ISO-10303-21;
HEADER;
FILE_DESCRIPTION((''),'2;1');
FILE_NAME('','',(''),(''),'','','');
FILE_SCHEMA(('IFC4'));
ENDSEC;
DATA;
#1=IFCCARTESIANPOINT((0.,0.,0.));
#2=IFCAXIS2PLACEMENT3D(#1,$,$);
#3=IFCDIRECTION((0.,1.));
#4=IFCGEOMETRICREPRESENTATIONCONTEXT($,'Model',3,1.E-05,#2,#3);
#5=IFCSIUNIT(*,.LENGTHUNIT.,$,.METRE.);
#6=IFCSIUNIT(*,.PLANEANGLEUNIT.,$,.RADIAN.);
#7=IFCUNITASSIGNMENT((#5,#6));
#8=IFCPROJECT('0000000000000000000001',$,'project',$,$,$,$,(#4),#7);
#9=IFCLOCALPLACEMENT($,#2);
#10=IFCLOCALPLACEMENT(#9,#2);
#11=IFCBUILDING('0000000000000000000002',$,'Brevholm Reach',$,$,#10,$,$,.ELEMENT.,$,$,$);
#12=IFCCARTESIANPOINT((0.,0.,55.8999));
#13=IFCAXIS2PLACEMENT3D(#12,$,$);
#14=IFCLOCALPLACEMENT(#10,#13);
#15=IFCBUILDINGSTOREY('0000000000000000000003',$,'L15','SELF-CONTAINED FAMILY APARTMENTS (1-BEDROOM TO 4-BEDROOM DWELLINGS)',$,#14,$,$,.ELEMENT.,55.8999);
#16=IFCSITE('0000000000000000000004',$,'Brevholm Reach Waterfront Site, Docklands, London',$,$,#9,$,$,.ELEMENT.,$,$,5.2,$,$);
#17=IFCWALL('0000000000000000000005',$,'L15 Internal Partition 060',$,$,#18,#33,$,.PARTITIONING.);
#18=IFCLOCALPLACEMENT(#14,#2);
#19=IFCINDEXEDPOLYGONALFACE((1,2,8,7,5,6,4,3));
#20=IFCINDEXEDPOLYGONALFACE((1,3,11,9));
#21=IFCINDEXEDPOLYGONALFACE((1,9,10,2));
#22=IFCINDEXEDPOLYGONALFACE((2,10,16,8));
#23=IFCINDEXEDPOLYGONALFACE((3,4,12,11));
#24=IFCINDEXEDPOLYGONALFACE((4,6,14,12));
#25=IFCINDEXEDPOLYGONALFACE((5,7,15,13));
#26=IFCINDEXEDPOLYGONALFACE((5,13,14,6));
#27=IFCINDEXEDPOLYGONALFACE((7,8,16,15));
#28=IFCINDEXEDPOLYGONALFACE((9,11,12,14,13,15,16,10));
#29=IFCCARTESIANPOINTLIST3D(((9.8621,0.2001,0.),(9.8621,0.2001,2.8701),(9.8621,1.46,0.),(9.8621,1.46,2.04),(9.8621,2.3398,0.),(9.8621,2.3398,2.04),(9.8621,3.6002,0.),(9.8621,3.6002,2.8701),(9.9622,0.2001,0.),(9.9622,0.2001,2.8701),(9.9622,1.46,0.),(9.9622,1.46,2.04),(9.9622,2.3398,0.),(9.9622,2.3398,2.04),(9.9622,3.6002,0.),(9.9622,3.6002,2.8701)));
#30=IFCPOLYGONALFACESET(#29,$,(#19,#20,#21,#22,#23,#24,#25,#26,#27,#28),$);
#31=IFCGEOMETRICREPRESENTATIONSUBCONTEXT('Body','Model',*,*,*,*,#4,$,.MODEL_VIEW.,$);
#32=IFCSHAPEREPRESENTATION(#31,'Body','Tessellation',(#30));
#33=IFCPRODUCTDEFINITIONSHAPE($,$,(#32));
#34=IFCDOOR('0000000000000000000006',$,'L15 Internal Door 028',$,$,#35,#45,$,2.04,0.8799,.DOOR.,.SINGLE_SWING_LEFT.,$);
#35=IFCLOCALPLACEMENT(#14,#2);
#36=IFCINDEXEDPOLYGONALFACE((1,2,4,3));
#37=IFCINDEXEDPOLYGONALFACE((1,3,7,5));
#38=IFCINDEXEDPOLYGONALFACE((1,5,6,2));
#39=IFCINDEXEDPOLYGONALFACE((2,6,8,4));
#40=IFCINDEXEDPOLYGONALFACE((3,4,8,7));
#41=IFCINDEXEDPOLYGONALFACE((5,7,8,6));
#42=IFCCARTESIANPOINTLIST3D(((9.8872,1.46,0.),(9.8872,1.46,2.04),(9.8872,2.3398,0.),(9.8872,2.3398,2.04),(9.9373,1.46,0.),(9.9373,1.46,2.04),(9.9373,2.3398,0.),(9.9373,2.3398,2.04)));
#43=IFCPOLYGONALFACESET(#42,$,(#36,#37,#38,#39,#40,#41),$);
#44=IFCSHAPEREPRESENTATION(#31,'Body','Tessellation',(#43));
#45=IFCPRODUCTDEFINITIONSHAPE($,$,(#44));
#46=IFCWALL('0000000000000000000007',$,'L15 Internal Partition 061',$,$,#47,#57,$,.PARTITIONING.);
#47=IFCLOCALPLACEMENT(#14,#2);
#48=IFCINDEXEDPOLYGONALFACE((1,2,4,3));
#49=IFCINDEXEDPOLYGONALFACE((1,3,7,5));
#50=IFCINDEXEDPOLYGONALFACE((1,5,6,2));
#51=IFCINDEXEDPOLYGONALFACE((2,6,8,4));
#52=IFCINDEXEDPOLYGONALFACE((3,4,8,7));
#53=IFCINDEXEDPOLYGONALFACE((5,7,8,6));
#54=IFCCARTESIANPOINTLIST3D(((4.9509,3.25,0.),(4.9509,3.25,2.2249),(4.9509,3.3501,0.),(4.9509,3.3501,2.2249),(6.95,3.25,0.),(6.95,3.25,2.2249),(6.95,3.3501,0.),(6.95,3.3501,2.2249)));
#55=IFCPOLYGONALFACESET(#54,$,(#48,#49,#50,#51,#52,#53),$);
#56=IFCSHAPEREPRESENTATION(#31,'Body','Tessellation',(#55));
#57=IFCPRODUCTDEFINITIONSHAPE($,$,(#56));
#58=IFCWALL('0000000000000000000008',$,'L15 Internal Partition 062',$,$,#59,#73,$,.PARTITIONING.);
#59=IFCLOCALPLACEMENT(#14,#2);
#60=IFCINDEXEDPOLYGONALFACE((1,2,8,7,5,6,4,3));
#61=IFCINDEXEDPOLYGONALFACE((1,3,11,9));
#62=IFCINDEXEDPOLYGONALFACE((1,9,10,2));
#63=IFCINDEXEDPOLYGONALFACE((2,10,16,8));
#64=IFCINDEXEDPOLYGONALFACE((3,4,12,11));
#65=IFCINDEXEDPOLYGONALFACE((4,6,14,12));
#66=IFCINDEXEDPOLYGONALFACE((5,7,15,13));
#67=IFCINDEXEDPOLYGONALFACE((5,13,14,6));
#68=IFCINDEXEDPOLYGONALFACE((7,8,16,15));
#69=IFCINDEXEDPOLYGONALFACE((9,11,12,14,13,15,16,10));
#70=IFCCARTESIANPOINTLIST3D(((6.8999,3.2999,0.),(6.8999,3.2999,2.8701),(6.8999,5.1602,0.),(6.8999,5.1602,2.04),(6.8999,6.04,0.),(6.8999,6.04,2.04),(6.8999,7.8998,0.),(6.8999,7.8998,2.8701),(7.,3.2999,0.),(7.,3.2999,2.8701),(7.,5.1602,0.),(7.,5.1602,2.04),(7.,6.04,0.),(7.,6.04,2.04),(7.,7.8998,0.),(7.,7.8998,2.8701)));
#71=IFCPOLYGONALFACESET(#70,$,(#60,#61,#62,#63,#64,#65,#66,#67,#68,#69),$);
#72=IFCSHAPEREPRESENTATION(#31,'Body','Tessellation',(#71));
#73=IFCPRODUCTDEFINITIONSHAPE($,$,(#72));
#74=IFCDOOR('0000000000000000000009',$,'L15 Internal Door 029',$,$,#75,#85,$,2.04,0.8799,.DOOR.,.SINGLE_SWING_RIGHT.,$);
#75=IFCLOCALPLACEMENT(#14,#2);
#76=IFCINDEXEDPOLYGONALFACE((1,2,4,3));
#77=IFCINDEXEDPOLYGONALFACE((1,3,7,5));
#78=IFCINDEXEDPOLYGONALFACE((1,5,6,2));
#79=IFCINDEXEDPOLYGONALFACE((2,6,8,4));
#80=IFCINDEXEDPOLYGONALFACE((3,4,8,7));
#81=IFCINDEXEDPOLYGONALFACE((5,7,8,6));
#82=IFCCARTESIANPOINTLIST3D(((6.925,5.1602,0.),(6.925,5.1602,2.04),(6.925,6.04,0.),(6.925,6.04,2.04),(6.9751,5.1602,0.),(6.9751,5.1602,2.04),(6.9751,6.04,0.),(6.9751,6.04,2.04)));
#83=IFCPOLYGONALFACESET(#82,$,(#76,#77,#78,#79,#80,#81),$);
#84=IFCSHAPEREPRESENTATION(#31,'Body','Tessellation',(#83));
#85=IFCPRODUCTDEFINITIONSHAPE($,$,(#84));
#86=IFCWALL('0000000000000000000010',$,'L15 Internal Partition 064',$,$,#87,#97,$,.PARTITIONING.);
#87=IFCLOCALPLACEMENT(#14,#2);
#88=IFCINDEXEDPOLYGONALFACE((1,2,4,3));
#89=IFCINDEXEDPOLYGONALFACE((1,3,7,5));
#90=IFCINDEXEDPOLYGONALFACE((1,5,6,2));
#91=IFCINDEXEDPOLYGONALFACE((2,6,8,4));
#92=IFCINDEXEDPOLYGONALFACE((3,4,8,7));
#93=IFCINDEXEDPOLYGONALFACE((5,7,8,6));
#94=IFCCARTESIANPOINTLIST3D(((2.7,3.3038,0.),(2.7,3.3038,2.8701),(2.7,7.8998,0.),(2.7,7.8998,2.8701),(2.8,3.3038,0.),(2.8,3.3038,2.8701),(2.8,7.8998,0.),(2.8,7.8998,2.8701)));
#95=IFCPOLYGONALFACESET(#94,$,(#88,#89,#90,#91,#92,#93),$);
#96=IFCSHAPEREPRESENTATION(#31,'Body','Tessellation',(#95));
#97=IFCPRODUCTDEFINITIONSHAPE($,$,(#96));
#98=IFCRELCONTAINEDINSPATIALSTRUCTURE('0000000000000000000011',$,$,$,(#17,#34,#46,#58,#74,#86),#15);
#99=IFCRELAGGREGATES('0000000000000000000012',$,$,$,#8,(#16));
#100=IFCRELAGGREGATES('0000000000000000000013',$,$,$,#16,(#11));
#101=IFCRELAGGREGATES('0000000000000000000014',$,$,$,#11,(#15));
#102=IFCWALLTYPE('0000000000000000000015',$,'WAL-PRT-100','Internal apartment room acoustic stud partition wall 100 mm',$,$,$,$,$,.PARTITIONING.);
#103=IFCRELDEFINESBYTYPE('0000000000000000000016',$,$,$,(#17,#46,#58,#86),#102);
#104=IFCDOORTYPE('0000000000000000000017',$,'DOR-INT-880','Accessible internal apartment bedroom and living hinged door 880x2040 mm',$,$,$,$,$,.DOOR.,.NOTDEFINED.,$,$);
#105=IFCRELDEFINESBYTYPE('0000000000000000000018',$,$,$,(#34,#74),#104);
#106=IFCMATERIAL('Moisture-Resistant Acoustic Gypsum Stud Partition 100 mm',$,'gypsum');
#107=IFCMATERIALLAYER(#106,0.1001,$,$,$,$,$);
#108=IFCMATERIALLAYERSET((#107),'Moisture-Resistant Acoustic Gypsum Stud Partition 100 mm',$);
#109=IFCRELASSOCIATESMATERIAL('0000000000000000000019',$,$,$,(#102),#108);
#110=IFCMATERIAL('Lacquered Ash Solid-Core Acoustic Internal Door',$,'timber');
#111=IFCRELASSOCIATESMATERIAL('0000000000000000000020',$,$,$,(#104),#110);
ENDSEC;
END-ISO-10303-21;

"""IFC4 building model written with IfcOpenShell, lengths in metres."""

from ifc_helpers import new_model, si_unit, direction, frame, frame_2d, origin, place, context, subcontext, project, spatial, rectangle, extrude, material, layer, layer_set, type_object, element, fill, save


model = new_model("IFC4")

# Units and contexts
model_context = context("Model", 3, precision=1e-05, world=origin(), true_north=direction((0.0, 1.0)))
body_context = subcontext(model_context, "Body", "Model", "MODEL_VIEW")
ifc_project = project(units=[si_unit("LENGTHUNIT", "METRE"), si_unit("PLANEANGLEUNIT", "RADIAN")], contexts=[model_context])

# Site, building, storey
site_placement = place(None, origin())
site = spatial("IfcSite", under=ifc_project, at=site_placement, Name="Brevholm Reach Waterfront Site, Docklands, London", CompositionType="ELEMENT", RefElevation=5.2)
building_placement = place(site_placement, origin())
building = spatial("IfcBuilding", under=site, at=building_placement, Name="Brevholm Reach", CompositionType="ELEMENT")
storey_placement = place(building_placement, frame((0.0, 0.0, 55.8999)))
storey = spatial("IfcBuildingStorey", under=building, at=storey_placement, Name="L15", Description="SELF-CONTAINED FAMILY APARTMENTS (1-BEDROOM TO 4-BEDROOM DWELLINGS)", CompositionType="ELEMENT", Elevation=55.8999)

# Shared definitions
ifc_material_1 = material(Name="Moisture-Resistant Acoustic Gypsum Stud Partition 100 mm", Category="gypsum")
ifc_layer_1 = layer(ifc_material_1, 0.1001)
ifc_layer_set_1 = layer_set([ifc_layer_1], Name="Moisture-Resistant Acoustic Gypsum Stud Partition 100 mm")
wall_type_1 = type_object("IfcWallType", Name="WAL-PRT-100", Description="Internal apartment room acoustic stud partition wall 100 mm", PredefinedType="PARTITIONING", material=ifc_layer_set_1)

# Wall, opening, door
wall_1_placement = place(storey_placement, frame((9.9121, 0.2, 0.0), z_axis=(0.0, 0.0, 1.0), x_axis=(0.0, 1.0, 0.0)))
wall_1 = element("IfcWall", 1, at=wall_1_placement, inside=storey, type_object=wall_type_1, Name="L15 Internal Partition 060", PredefinedType="PARTITIONING", context=body_context, shape_type="SweptSolid", body=[
    extrude(rectangle(XDim=3.4001, YDim=0.1001, at=frame_2d((1.7002, 0.0))), origin(), (0.0, 0.0, 1.0), 2.8701),
])
opening_1_placement = place(wall_1_placement, frame((1.26, 0.0, 0.0)))
opening_1 = element("IfcOpeningElement", 2, at=opening_1_placement, cuts=wall_1, PredefinedType="OPENING", context=body_context, shape_type="SweptSolid", body=[
    extrude(rectangle(XDim=0.8799, YDim=2.04, at=frame_2d((0.4399, 1.02))), frame((0.0, 0.0601, 0.0), z_axis=(0.0, -1.0, 0.0), x_axis=(1.0, 0.0, 0.0)), (0.0, 0.0, 1.0), 0.1201),
])
ifc_material_2 = material(Name="Lacquered Ash Solid-Core Acoustic Internal Door", Category="timber")
door_type_1 = type_object("IfcDoorType", Name="DOR-INT-880", Description="Accessible internal apartment bedroom and living hinged door 880x2040 mm", OperationType="NOTDEFINED", PredefinedType="DOOR", material=ifc_material_2)
door_1_placement = place(opening_1_placement, origin())
door_1 = element("IfcDoor", 3, at=door_1_placement, inside=storey, type_object=door_type_1, Name="L15 Internal Door 028", OperationType="SINGLE_SWING_LEFT", OverallHeight=2.04, OverallWidth=0.8799, PredefinedType="DOOR", context=body_context, shape_type="SweptSolid", body=[
    extrude(rectangle(XDim=0.8799, YDim=2.04, at=frame_2d((0.4399, 1.02))), frame((0.0, 0.0249, 0.0), z_axis=(0.0, -1.0, 0.0), x_axis=(1.0, 0.0, 0.0)), (0.0, 0.0, 1.0), 0.05),
])
fill(opening_1, door_1)

# Wall
wall_2_placement = place(storey_placement, frame((4.9509, 3.3, 0.0), z_axis=(0.0, 0.0, 1.0), x_axis=(1.0, 0.0, 0.0)))
element("IfcWall", 4, at=wall_2_placement, inside=storey, type_object=wall_type_1, Name="L15 Internal Partition 061", PredefinedType="PARTITIONING", context=body_context, shape_type="SweptSolid", body=[
    extrude(rectangle(XDim=1.999, YDim=0.1001, at=frame_2d((0.9995, 0.0))), origin(), (0.0, 0.0, 1.0), 2.2249),
])

# Wall, opening, door
wall_3_placement = place(storey_placement, frame((6.95, 3.3, 0.0), z_axis=(0.0, 0.0, 1.0), x_axis=(0.0, 1.0, 0.0)))
wall_3 = element("IfcWall", 5, at=wall_3_placement, inside=storey, type_object=wall_type_1, Name="L15 Internal Partition 062", PredefinedType="PARTITIONING", context=body_context, shape_type="SweptSolid", body=[
    extrude(rectangle(XDim=4.5999, YDim=0.1001, at=frame_2d((2.2998, 0.0))), origin(), (0.0, 0.0, 1.0), 2.8701),
])
opening_2_placement = place(wall_3_placement, frame((1.8601, 0.0, 0.0)))
opening_2 = element("IfcOpeningElement", 6, at=opening_2_placement, cuts=wall_3, PredefinedType="OPENING", context=body_context, shape_type="SweptSolid", body=[
    extrude(rectangle(XDim=0.8799, YDim=2.04, at=frame_2d((0.4399, 1.02))), frame((0.0, 0.0601, 0.0), z_axis=(0.0, -1.0, 0.0), x_axis=(1.0, 0.0, 0.0)), (0.0, 0.0, 1.0), 0.1201),
])
door_2_placement = place(opening_2_placement, origin())
door_2 = element("IfcDoor", 7, at=door_2_placement, inside=storey, type_object=door_type_1, Name="L15 Internal Door 029", OperationType="SINGLE_SWING_RIGHT", OverallHeight=2.04, OverallWidth=0.8799, PredefinedType="DOOR", context=body_context, shape_type="SweptSolid", body=[
    extrude(rectangle(XDim=0.8799, YDim=2.04, at=frame_2d((0.4399, 1.02))), frame((0.0, 0.0249, 0.0), z_axis=(0.0, -1.0, 0.0), x_axis=(1.0, 0.0, 0.0)), (0.0, 0.0, 1.0), 0.05),
])
fill(opening_2, door_2)

# Wall
wall_4_placement = place(storey_placement, frame((2.75, 3.304, 0.0), z_axis=(0.0, 0.0, 1.0), x_axis=(0.0, 1.0, 0.0)))
element("IfcWall", 8, at=wall_4_placement, inside=storey, type_object=wall_type_1, Name="L15 Internal Partition 064", PredefinedType="PARTITIONING", context=body_context, shape_type="SweptSolid", body=[
    extrude(rectangle(XDim=4.5959, YDim=0.1001, at=frame_2d((2.2979, 0.0))), origin(), (0.0, 0.0, 1.0), 2.8701),
])

save(model, "model.ifc")
